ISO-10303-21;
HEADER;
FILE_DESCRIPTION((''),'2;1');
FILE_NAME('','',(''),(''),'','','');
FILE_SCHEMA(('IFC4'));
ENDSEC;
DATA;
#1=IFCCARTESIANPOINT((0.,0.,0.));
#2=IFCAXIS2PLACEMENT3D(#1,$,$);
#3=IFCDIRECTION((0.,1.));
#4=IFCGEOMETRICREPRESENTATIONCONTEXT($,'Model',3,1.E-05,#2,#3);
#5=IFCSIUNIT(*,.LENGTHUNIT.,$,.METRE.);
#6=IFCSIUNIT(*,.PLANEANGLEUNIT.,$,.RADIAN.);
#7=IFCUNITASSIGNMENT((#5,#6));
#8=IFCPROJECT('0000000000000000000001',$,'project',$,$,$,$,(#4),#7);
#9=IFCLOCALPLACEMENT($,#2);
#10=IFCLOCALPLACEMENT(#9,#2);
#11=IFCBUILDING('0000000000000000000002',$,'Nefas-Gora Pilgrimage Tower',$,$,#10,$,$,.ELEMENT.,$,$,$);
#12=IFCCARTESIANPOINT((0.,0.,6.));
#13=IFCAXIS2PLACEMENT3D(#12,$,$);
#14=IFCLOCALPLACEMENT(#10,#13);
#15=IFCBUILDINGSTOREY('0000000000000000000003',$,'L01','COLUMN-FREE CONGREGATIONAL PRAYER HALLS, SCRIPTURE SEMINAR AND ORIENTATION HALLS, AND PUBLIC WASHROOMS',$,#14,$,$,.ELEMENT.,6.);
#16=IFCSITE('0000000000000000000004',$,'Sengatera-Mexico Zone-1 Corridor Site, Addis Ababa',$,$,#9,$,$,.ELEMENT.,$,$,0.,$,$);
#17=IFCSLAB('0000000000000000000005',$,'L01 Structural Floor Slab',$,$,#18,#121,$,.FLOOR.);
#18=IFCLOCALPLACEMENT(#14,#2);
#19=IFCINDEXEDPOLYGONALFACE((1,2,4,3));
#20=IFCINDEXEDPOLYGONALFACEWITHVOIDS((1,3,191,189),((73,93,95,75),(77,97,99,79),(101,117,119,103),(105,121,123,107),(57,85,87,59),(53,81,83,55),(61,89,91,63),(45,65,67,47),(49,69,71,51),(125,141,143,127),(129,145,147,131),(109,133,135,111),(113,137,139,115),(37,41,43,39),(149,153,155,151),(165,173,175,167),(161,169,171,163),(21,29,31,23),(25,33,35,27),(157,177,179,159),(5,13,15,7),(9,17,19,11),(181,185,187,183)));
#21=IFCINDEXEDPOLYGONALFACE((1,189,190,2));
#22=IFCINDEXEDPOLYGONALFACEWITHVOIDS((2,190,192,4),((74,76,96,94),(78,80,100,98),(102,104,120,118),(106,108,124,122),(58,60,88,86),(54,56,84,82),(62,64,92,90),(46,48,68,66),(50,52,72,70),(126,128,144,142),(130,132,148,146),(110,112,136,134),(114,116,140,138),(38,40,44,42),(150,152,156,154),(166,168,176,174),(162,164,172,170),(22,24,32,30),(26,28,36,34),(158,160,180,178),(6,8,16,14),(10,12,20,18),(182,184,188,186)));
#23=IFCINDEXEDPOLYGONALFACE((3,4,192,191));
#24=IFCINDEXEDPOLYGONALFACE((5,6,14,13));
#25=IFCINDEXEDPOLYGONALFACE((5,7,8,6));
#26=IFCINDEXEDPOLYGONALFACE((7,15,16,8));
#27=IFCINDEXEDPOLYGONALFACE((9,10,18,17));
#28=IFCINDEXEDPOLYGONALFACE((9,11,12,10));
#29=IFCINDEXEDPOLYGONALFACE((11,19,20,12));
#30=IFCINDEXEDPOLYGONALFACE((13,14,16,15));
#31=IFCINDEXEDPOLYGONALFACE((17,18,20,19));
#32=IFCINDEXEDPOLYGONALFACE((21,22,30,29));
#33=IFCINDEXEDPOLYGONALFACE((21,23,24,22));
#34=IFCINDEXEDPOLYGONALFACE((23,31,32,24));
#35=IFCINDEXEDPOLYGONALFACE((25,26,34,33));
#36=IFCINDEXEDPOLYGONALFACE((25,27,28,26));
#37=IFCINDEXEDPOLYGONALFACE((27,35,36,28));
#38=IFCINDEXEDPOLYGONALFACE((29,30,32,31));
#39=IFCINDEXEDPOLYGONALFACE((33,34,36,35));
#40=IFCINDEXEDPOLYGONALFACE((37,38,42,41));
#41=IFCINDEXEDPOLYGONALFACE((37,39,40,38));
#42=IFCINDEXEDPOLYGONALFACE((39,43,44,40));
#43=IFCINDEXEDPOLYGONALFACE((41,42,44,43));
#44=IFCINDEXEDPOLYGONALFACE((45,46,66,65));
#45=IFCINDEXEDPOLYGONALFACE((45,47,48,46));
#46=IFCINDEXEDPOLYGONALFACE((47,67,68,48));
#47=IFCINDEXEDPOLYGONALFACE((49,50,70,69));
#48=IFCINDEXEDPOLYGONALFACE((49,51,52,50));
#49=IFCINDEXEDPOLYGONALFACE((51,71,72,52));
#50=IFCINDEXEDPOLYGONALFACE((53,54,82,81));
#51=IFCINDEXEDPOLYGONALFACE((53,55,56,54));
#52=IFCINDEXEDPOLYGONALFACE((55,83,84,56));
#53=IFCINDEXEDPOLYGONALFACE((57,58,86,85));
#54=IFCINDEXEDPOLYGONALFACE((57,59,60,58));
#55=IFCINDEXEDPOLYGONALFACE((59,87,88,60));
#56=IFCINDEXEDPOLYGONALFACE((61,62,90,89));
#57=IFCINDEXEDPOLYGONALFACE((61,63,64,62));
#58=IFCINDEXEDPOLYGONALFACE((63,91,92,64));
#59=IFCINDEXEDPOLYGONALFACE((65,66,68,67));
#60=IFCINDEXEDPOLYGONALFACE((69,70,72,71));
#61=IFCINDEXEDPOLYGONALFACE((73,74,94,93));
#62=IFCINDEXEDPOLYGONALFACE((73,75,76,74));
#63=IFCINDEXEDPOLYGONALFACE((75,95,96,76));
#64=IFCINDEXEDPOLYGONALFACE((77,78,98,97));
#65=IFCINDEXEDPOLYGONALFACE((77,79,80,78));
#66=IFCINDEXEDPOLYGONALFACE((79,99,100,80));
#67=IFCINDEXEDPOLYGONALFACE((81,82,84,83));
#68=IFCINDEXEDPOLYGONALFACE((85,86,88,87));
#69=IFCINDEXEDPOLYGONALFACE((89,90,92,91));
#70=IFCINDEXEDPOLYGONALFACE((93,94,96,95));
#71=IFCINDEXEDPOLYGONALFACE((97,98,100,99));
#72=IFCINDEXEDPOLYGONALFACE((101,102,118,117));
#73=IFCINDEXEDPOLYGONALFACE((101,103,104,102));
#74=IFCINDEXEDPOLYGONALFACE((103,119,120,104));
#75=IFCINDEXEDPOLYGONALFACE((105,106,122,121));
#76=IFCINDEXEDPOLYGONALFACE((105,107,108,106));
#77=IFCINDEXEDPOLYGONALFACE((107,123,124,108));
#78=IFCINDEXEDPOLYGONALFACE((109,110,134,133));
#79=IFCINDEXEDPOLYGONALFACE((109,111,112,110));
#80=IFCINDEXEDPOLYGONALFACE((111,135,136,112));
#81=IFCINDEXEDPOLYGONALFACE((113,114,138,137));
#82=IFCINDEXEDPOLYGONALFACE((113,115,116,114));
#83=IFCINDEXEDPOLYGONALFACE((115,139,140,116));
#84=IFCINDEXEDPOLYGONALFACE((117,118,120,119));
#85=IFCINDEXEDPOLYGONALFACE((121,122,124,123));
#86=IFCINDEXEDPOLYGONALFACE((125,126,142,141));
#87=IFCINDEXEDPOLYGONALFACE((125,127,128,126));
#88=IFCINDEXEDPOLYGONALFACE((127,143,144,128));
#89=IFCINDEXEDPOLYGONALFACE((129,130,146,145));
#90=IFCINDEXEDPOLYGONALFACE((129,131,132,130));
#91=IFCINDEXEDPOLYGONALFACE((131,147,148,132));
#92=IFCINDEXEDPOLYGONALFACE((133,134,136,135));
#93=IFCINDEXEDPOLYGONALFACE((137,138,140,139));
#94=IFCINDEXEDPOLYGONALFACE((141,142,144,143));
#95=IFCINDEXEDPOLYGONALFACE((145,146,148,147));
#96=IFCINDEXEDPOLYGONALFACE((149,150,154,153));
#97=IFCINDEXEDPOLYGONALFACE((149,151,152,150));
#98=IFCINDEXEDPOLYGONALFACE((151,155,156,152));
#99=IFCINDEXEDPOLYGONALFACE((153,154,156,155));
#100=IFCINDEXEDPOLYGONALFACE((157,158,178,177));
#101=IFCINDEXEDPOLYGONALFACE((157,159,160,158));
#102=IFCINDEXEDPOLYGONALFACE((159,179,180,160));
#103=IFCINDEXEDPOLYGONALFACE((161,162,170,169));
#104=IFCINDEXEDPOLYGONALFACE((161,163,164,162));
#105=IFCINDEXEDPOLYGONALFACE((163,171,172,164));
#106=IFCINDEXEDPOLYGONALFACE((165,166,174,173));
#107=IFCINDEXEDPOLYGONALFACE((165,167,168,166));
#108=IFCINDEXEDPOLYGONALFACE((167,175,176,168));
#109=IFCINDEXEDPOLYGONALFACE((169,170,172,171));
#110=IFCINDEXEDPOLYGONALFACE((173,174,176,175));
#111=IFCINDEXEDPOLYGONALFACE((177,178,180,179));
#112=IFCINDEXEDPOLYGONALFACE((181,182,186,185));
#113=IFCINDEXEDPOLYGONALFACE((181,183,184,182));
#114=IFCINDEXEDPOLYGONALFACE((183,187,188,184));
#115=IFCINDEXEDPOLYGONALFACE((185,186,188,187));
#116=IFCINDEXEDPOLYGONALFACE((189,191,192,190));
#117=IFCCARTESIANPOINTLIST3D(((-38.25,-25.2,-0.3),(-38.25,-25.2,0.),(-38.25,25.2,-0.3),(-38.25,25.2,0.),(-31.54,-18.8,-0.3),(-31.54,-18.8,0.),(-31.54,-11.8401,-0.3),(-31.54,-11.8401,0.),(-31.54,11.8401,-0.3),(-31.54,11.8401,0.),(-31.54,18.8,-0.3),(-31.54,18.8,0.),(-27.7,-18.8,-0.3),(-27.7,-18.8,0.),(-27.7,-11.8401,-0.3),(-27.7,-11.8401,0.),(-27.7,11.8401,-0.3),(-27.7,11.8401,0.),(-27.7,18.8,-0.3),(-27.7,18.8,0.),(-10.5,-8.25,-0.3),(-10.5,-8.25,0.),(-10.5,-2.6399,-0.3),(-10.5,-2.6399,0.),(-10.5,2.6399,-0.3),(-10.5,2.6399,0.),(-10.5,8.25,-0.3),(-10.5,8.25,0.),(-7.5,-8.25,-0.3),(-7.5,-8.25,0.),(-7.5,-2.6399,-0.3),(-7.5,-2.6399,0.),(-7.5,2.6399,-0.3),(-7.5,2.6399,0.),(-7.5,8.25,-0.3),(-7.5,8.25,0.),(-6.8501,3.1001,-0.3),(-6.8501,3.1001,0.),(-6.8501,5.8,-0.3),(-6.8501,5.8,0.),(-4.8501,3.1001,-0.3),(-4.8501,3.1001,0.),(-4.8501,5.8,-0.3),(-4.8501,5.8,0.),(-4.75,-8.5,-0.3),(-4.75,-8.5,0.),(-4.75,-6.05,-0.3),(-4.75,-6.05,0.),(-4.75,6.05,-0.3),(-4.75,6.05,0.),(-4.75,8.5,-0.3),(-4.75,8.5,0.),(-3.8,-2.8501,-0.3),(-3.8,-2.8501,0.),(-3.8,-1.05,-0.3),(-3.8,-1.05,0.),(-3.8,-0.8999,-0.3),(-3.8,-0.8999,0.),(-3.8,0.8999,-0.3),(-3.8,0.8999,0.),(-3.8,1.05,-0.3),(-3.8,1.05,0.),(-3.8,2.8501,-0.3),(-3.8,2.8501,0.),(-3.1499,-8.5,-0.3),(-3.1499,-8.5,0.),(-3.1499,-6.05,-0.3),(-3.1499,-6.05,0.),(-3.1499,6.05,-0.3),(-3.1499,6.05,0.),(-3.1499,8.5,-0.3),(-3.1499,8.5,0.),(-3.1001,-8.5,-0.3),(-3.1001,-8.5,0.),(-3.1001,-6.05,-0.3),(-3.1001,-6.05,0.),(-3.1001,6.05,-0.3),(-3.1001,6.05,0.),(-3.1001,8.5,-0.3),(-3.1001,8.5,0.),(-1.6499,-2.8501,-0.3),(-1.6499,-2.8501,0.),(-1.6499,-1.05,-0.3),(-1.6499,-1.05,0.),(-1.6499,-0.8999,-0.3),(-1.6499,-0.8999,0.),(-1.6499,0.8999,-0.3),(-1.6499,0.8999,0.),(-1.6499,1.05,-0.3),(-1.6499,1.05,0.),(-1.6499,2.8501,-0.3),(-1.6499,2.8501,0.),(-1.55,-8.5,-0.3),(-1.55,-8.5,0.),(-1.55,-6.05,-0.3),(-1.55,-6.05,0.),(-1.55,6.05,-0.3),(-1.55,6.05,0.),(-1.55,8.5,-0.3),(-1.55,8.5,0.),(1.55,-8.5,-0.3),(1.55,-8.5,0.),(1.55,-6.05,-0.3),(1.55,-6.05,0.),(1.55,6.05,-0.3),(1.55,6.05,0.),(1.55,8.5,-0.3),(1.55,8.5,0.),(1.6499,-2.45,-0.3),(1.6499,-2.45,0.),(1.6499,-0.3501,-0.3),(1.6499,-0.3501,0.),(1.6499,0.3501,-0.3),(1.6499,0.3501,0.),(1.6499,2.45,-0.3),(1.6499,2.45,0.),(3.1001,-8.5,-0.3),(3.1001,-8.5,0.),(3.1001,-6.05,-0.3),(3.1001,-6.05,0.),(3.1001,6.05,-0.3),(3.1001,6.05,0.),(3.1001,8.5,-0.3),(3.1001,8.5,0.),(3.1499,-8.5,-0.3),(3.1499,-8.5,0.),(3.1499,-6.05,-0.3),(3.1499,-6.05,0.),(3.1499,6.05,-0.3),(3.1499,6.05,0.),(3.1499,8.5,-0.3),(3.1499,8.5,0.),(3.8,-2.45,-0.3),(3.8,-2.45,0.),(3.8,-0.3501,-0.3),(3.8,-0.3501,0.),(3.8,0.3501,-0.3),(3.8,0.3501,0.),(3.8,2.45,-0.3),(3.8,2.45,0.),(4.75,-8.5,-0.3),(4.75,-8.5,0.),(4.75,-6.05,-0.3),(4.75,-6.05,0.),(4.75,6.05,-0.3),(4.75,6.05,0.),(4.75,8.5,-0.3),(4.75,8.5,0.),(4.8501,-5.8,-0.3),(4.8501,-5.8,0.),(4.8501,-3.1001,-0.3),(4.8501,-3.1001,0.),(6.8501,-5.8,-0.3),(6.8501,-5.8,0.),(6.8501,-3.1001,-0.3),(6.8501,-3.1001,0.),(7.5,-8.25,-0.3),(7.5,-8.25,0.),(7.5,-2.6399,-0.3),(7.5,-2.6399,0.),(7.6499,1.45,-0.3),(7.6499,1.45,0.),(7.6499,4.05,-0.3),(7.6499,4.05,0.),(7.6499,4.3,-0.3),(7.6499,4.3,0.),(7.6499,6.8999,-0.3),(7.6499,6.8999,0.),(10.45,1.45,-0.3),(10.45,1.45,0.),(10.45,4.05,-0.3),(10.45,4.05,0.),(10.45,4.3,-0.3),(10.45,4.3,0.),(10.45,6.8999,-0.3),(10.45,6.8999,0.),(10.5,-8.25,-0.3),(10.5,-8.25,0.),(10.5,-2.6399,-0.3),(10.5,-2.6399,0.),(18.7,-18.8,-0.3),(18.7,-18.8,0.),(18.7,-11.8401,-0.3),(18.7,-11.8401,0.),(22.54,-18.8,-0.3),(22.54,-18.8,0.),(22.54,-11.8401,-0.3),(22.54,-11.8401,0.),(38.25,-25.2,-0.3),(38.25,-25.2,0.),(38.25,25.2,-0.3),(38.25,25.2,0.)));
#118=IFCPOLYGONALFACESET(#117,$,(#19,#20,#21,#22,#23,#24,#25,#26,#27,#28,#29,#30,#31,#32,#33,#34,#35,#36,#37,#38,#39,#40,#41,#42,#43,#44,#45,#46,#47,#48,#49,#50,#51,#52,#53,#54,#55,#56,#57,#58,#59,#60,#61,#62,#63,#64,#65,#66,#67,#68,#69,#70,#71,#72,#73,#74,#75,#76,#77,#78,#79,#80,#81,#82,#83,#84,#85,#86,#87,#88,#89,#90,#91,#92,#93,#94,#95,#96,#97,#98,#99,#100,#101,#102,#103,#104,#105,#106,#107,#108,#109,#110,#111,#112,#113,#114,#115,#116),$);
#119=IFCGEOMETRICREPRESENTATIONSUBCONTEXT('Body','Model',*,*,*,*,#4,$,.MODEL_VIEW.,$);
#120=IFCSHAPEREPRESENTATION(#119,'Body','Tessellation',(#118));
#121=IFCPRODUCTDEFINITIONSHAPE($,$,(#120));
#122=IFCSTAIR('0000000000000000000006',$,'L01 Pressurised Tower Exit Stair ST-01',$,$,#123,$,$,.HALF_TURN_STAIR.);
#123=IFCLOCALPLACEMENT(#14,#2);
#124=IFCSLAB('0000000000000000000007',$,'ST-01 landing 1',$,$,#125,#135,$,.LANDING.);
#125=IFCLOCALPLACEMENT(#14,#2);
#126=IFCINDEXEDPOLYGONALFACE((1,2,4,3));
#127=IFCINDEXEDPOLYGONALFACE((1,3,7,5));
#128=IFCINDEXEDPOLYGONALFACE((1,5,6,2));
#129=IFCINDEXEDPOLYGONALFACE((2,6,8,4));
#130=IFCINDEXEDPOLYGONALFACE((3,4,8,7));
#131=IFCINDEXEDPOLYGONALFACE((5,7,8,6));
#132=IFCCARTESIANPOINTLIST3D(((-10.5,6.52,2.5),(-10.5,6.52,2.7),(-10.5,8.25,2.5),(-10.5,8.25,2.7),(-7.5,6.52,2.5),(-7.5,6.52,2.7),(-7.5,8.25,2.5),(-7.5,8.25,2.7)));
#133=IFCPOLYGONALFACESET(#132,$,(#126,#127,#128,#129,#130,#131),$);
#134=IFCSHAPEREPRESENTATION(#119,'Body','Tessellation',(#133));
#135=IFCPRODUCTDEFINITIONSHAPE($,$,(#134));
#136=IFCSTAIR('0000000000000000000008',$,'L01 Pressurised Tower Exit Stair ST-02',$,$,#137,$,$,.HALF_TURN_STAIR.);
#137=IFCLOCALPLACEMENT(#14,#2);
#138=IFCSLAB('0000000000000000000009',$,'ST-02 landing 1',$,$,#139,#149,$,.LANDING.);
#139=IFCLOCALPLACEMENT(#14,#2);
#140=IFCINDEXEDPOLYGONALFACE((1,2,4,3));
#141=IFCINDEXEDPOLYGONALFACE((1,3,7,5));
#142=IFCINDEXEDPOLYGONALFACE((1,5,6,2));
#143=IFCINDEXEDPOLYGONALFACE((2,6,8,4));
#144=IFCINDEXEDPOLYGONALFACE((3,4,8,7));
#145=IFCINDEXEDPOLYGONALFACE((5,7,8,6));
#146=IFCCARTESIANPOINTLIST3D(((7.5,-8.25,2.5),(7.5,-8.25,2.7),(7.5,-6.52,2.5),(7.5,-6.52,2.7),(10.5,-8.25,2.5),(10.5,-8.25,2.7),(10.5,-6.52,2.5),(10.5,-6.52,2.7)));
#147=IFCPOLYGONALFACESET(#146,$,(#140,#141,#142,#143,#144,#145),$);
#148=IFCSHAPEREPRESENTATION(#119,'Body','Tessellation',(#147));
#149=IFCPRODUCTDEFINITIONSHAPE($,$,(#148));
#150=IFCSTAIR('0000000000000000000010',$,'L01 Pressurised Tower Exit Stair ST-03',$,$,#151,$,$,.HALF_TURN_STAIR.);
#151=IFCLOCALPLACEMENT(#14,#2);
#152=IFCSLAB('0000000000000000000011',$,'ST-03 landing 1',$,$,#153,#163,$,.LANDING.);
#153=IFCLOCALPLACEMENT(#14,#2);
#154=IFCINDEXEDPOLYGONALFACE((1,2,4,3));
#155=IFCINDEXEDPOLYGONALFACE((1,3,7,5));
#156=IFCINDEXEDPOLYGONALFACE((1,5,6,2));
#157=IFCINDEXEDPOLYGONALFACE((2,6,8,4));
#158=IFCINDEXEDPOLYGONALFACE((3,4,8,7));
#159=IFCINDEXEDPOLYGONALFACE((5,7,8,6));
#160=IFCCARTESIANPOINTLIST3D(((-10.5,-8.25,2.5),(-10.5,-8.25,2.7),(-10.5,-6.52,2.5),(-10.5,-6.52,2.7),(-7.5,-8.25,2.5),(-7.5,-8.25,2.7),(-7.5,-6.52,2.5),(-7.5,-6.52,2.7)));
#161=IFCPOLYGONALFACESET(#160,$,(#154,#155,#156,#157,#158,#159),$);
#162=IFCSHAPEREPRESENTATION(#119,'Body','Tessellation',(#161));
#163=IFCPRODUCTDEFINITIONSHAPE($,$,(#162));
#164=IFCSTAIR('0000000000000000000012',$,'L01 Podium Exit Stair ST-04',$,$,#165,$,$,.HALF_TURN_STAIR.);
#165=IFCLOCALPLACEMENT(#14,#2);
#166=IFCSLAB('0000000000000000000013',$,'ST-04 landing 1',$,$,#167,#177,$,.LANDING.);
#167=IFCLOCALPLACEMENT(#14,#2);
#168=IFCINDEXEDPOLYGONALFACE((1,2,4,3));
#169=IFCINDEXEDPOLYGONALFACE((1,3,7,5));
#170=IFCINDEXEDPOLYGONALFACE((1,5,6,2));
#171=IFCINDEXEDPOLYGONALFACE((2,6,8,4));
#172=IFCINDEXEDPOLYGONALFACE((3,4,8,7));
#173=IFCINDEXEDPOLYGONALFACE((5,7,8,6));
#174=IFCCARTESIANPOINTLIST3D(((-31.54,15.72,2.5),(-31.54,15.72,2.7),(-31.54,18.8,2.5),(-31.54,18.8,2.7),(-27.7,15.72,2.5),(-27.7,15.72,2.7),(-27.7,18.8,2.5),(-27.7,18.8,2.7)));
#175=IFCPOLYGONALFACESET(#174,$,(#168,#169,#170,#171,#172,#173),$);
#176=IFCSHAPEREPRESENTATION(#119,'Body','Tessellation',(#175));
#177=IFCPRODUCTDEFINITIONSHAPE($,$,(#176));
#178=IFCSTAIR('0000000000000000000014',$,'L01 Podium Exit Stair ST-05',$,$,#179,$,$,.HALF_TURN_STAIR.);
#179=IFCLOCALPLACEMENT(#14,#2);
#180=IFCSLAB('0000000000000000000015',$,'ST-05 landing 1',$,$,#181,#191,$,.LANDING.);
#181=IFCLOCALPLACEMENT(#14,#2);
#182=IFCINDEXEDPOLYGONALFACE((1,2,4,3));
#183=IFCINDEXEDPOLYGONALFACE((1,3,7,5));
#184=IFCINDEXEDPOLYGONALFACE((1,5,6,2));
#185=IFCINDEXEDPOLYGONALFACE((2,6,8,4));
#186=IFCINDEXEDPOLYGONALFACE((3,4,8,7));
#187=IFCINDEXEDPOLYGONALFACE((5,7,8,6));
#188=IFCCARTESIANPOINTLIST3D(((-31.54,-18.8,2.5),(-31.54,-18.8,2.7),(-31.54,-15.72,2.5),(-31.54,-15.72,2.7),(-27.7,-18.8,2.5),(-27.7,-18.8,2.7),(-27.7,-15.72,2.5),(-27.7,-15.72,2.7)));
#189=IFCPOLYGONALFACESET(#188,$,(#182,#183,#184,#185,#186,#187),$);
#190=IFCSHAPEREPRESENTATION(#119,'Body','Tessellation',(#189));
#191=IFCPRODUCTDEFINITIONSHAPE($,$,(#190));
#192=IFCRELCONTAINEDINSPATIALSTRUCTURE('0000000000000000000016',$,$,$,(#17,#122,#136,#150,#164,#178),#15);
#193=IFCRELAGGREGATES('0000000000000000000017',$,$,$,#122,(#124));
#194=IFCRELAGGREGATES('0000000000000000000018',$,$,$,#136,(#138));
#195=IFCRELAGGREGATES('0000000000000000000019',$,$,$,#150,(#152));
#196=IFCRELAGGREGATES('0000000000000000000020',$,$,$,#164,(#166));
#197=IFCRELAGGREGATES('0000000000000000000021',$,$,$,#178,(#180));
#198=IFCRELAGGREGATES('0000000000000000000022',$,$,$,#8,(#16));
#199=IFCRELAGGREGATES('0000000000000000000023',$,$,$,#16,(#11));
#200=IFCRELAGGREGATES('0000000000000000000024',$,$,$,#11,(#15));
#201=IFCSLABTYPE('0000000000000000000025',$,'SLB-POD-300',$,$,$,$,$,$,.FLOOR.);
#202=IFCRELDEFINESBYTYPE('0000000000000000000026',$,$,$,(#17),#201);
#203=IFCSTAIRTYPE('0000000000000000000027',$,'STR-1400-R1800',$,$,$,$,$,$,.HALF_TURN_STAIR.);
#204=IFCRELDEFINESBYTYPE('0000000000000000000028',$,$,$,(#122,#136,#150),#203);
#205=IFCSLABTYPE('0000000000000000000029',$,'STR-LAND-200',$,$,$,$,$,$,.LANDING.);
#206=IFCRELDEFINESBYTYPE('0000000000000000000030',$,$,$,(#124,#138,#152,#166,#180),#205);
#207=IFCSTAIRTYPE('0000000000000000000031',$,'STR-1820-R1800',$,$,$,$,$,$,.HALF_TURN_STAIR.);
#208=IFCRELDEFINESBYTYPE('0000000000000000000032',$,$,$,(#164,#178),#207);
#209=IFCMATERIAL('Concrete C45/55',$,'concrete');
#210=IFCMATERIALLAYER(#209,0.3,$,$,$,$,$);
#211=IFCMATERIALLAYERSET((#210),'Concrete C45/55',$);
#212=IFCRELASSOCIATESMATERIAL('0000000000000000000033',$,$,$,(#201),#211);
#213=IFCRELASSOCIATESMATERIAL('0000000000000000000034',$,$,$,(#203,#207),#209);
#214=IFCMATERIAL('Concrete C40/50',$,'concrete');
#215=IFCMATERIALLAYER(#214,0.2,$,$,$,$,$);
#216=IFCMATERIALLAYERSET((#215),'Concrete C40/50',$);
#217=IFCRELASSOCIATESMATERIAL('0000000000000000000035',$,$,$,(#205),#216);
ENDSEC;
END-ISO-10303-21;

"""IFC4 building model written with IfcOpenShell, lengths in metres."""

from ifc_helpers import new_model, si_unit, direction, frame, origin, place, context, subcontext, project, spatial, polyline, outline, extrude, material, layer, layer_set, type_object, element, aggregate, save


model = new_model("IFC4")

# Units and contexts
model_context = context("Model", 3, precision=1e-05, world=origin(), true_north=direction((0.0, 1.0)))
body_context = subcontext(model_context, "Body", "Model", "MODEL_VIEW")
ifc_project = project(units=[si_unit("LENGTHUNIT", "METRE"), si_unit("PLANEANGLEUNIT", "RADIAN")], contexts=[model_context])

# Site, building, storey
site_placement = place(None, origin())
site = spatial("IfcSite", under=ifc_project, at=site_placement, Name="Sengatera-Mexico Zone-1 Corridor Site, Addis Ababa", CompositionType="ELEMENT", RefElevation=0.0)
building_placement = place(site_placement, origin())
building = spatial("IfcBuilding", under=site, at=building_placement, Name="Nefas-Gora Pilgrimage Tower", CompositionType="ELEMENT")
storey_placement = place(building_placement, frame((0.0, 0.0, 6.0)))
storey = spatial("IfcBuildingStorey", under=building, at=storey_placement, Name="L01", Description="COLUMN-FREE CONGREGATIONAL PRAYER HALLS, SCRIPTURE SEMINAR AND ORIENTATION HALLS, AND PUBLIC WASHROOMS", CompositionType="ELEMENT", Elevation=6.0)

# Slab
ifc_material_1 = material(Name="Concrete C45/55", Category="concrete")
ifc_layer_1 = layer(ifc_material_1, 0.3)
ifc_layer_set_1 = layer_set([ifc_layer_1], Name="Concrete C45/55")
slab_type_1 = type_object("IfcSlabType", Name="SLB-POD-300", PredefinedType="FLOOR", material=ifc_layer_set_1)
slab_1_placement = place(storey_placement, frame((0.0, 0.0, -0.3)))
element("IfcSlab", 1, at=slab_1_placement, inside=storey, type_object=slab_type_1, Name="L01 Structural Floor Slab", PredefinedType="FLOOR", context=body_context, shape_type="SweptSolid", body=[
    extrude(outline(polyline([(38.25, -25.2), (38.25, 25.2), (-38.25, 25.2), (-38.25, -25.2), (38.25, -25.2)]), holes=[polyline([(-10.5, 2.6399), (-10.5, 8.25), (-7.5, 8.25), (-7.5, 2.6399), (-10.5, 2.6399)]), polyline([(10.5, -2.6399), (10.5, -8.25), (7.5, -8.25), (7.5, -2.6399), (10.5, -2.6399)]), polyline([(-7.5, -2.6399), (-7.5, -8.25), (-10.5, -8.25), (-10.5, -2.6399), (-7.5, -2.6399)]), polyline([(-31.54, 11.8401), (-31.54, 18.8), (-27.7, 18.8), (-27.7, 11.8401), (-31.54, 11.8401)]), polyline([(-27.7, -11.8401), (-27.7, -18.8), (-31.54, -18.8), (-31.54, -11.8401), (-27.7, -11.8401)]), polyline([(22.54, -11.8401), (22.54, -18.8), (18.7, -18.8), (18.7, -11.8401), (22.54, -11.8401)]), polyline([(-6.8501, 5.8), (-4.8501, 5.8), (-4.8501, 3.1001), (-6.8501, 3.1001), (-6.8501, 5.8)]), polyline([(4.8501, -3.1001), (6.8501, -3.1001), (6.8501, -5.8), (4.8501, -5.8), (4.8501, -3.1001)]), polyline([(7.6499, 4.05), (10.45, 4.05), (10.45, 1.45), (7.6499, 1.45), (7.6499, 4.05)]), polyline([(7.6499, 6.8999), (10.45, 6.8999), (10.45, 4.3), (7.6499, 4.3), (7.6499, 6.8999)]), polyline([(-4.75, 8.5), (-3.1499, 8.5), (-3.1499, 6.05), (-4.75, 6.05), (-4.75, 8.5)]), polyline([(-3.1001, 8.5), (-1.55, 8.5), (-1.55, 6.05), (-3.1001, 6.05), (-3.1001, 8.5)]), polyline([(1.55, 8.5), (3.1001, 8.5), (3.1001, 6.05), (1.55, 6.05), (1.55, 8.5)]), polyline([(3.1499, 8.5), (4.75, 8.5), (4.75, 6.05), (3.1499, 6.05), (3.1499, 8.5)]), polyline([(-4.75, -6.05), (-3.1499, -6.05), (-3.1499, -8.5), (-4.75, -8.5), (-4.75, -6.05)]), polyline([(-3.1001, -6.05), (-1.55, -6.05), (-1.55, -8.5), (-3.1001, -8.5), (-3.1001, -6.05)]), polyline([(1.55, -6.05), (3.1001, -6.05), (3.1001, -8.5), (1.55, -8.5), (1.55, -6.05)]), polyline([(3.1499, -6.05), (4.75, -6.05), (4.75, -8.5), (3.1499, -8.5), (3.1499, -6.05)]), polyline([(-3.8, -1.05), (-1.6499, -1.05), (-1.6499, -2.8501), (-3.8, -2.8501), (-3.8, -1.05)]), polyline([(-3.8, 0.8999), (-1.6499, 0.8999), (-1.6499, -0.8999), (-3.8, -0.8999), (-3.8, 0.8999)]), polyline([(-3.8, 2.8501), (-1.6499, 2.8501), (-1.6499, 1.05), (-3.8, 1.05), (-3.8, 2.8501)]), polyline([(1.6499, -0.3501), (3.8, -0.3501), (3.8, -2.45), (1.6499, -2.45), (1.6499, -0.3501)]), polyline([(1.6499, 2.45), (3.8, 2.45), (3.8, 0.3501), (1.6499, 0.3501), (1.6499, 2.45)])]), origin(), (0.0, 0.0, 1.0), 0.3),
])

# Stairs, slabs
stair_type_1 = type_object("IfcStairType", Name="STR-1400-R1800", PredefinedType="HALF_TURN_STAIR", material=ifc_material_1)
stair_1_placement = place(storey_placement, origin())
stair_1 = element("IfcStair", 2, at=stair_1_placement, inside=storey, type_object=stair_type_1, Name="L01 Pressurised Tower Exit Stair ST-01", PredefinedType="HALF_TURN_STAIR")
ifc_material_2 = material(Name="Concrete C40/50", Category="concrete")
ifc_layer_2 = layer(ifc_material_2, 0.2)
ifc_layer_set_2 = layer_set([ifc_layer_2], Name="Concrete C40/50")
slab_type_2 = type_object("IfcSlabType", Name="STR-LAND-200", PredefinedType="LANDING", material=ifc_layer_set_2)
slab_2_placement = place(storey_placement, frame((0.0, 0.0, 2.5)))
slab_2 = element("IfcSlab", 3, at=slab_2_placement, type_object=slab_type_2, Name="ST-01 landing 1", PredefinedType="LANDING", context=body_context, shape_type="SweptSolid", body=[
    extrude(outline(polyline([(-7.5, 6.52), (-7.5, 8.25), (-10.5, 8.25), (-10.5, 6.52), (-7.5, 6.52)])), origin(), (0.0, 0.0, 1.0), 0.2),
])
aggregate(stair_1, [slab_2])
stair_2_placement = place(storey_placement, origin())
stair_2 = element("IfcStair", 4, at=stair_2_placement, inside=storey, type_object=stair_type_1, Name="L01 Pressurised Tower Exit Stair ST-02", PredefinedType="HALF_TURN_STAIR")
slab_3_placement = place(storey_placement, frame((0.0, 0.0, 2.5)))
slab_3 = element("IfcSlab", 5, at=slab_3_placement, type_object=slab_type_2, Name="ST-02 landing 1", PredefinedType="LANDING", context=body_context, shape_type="SweptSolid", body=[
    extrude(outline(polyline([(7.5, -6.52), (7.5, -8.25), (10.5, -8.25), (10.5, -6.52), (7.5, -6.52)])), origin(), (0.0, 0.0, 1.0), 0.2),
])
aggregate(stair_2, [slab_3])
stair_3_placement = place(storey_placement, origin())
stair_3 = element("IfcStair", 6, at=stair_3_placement, inside=storey, type_object=stair_type_1, Name="L01 Pressurised Tower Exit Stair ST-03", PredefinedType="HALF_TURN_STAIR")
slab_4_placement = place(storey_placement, frame((0.0, 0.0, 2.5)))
slab_4 = element("IfcSlab", 7, at=slab_4_placement, type_object=slab_type_2, Name="ST-03 landing 1", PredefinedType="LANDING", context=body_context, shape_type="SweptSolid", body=[
    extrude(outline(polyline([(-10.5, -6.52), (-10.5, -8.25), (-7.5, -8.25), (-7.5, -6.52), (-10.5, -6.52)])), origin(), (0.0, 0.0, 1.0), 0.2),
])
aggregate(stair_3, [slab_4])
stair_type_2 = type_object("IfcStairType", Name="STR-1820-R1800", PredefinedType="HALF_TURN_STAIR", material=ifc_material_1)
stair_4_placement = place(storey_placement, origin())
stair_4 = element("IfcStair", 8, at=stair_4_placement, inside=storey, type_object=stair_type_2, Name="L01 Podium Exit Stair ST-04", PredefinedType="HALF_TURN_STAIR")
slab_5_placement = place(storey_placement, frame((0.0, 0.0, 2.5)))
slab_5 = element("IfcSlab", 9, at=slab_5_placement, type_object=slab_type_2, Name="ST-04 landing 1", PredefinedType="LANDING", context=body_context, shape_type="SweptSolid", body=[
    extrude(outline(polyline([(-27.7, 15.72), (-27.7, 18.8), (-31.54, 18.8), (-31.54, 15.72), (-27.7, 15.72)])), origin(), (0.0, 0.0, 1.0), 0.2),
])
aggregate(stair_4, [slab_5])
stair_5_placement = place(storey_placement, origin())
stair_5 = element("IfcStair", 10, at=stair_5_placement, inside=storey, type_object=stair_type_2, Name="L01 Podium Exit Stair ST-05", PredefinedType="HALF_TURN_STAIR")
slab_6_placement = place(storey_placement, frame((0.0, 0.0, 2.5)))
slab_6 = element("IfcSlab", 11, at=slab_6_placement, type_object=slab_type_2, Name="ST-05 landing 1", PredefinedType="LANDING", context=body_context, shape_type="SweptSolid", body=[
    extrude(outline(polyline([(-31.54, -15.72), (-31.54, -18.8), (-27.7, -18.8), (-27.7, -15.72), (-31.54, -15.72)])), origin(), (0.0, 0.0, 1.0), 0.2),
])
aggregate(stair_5, [slab_6])

save(model, "model.ifc")
